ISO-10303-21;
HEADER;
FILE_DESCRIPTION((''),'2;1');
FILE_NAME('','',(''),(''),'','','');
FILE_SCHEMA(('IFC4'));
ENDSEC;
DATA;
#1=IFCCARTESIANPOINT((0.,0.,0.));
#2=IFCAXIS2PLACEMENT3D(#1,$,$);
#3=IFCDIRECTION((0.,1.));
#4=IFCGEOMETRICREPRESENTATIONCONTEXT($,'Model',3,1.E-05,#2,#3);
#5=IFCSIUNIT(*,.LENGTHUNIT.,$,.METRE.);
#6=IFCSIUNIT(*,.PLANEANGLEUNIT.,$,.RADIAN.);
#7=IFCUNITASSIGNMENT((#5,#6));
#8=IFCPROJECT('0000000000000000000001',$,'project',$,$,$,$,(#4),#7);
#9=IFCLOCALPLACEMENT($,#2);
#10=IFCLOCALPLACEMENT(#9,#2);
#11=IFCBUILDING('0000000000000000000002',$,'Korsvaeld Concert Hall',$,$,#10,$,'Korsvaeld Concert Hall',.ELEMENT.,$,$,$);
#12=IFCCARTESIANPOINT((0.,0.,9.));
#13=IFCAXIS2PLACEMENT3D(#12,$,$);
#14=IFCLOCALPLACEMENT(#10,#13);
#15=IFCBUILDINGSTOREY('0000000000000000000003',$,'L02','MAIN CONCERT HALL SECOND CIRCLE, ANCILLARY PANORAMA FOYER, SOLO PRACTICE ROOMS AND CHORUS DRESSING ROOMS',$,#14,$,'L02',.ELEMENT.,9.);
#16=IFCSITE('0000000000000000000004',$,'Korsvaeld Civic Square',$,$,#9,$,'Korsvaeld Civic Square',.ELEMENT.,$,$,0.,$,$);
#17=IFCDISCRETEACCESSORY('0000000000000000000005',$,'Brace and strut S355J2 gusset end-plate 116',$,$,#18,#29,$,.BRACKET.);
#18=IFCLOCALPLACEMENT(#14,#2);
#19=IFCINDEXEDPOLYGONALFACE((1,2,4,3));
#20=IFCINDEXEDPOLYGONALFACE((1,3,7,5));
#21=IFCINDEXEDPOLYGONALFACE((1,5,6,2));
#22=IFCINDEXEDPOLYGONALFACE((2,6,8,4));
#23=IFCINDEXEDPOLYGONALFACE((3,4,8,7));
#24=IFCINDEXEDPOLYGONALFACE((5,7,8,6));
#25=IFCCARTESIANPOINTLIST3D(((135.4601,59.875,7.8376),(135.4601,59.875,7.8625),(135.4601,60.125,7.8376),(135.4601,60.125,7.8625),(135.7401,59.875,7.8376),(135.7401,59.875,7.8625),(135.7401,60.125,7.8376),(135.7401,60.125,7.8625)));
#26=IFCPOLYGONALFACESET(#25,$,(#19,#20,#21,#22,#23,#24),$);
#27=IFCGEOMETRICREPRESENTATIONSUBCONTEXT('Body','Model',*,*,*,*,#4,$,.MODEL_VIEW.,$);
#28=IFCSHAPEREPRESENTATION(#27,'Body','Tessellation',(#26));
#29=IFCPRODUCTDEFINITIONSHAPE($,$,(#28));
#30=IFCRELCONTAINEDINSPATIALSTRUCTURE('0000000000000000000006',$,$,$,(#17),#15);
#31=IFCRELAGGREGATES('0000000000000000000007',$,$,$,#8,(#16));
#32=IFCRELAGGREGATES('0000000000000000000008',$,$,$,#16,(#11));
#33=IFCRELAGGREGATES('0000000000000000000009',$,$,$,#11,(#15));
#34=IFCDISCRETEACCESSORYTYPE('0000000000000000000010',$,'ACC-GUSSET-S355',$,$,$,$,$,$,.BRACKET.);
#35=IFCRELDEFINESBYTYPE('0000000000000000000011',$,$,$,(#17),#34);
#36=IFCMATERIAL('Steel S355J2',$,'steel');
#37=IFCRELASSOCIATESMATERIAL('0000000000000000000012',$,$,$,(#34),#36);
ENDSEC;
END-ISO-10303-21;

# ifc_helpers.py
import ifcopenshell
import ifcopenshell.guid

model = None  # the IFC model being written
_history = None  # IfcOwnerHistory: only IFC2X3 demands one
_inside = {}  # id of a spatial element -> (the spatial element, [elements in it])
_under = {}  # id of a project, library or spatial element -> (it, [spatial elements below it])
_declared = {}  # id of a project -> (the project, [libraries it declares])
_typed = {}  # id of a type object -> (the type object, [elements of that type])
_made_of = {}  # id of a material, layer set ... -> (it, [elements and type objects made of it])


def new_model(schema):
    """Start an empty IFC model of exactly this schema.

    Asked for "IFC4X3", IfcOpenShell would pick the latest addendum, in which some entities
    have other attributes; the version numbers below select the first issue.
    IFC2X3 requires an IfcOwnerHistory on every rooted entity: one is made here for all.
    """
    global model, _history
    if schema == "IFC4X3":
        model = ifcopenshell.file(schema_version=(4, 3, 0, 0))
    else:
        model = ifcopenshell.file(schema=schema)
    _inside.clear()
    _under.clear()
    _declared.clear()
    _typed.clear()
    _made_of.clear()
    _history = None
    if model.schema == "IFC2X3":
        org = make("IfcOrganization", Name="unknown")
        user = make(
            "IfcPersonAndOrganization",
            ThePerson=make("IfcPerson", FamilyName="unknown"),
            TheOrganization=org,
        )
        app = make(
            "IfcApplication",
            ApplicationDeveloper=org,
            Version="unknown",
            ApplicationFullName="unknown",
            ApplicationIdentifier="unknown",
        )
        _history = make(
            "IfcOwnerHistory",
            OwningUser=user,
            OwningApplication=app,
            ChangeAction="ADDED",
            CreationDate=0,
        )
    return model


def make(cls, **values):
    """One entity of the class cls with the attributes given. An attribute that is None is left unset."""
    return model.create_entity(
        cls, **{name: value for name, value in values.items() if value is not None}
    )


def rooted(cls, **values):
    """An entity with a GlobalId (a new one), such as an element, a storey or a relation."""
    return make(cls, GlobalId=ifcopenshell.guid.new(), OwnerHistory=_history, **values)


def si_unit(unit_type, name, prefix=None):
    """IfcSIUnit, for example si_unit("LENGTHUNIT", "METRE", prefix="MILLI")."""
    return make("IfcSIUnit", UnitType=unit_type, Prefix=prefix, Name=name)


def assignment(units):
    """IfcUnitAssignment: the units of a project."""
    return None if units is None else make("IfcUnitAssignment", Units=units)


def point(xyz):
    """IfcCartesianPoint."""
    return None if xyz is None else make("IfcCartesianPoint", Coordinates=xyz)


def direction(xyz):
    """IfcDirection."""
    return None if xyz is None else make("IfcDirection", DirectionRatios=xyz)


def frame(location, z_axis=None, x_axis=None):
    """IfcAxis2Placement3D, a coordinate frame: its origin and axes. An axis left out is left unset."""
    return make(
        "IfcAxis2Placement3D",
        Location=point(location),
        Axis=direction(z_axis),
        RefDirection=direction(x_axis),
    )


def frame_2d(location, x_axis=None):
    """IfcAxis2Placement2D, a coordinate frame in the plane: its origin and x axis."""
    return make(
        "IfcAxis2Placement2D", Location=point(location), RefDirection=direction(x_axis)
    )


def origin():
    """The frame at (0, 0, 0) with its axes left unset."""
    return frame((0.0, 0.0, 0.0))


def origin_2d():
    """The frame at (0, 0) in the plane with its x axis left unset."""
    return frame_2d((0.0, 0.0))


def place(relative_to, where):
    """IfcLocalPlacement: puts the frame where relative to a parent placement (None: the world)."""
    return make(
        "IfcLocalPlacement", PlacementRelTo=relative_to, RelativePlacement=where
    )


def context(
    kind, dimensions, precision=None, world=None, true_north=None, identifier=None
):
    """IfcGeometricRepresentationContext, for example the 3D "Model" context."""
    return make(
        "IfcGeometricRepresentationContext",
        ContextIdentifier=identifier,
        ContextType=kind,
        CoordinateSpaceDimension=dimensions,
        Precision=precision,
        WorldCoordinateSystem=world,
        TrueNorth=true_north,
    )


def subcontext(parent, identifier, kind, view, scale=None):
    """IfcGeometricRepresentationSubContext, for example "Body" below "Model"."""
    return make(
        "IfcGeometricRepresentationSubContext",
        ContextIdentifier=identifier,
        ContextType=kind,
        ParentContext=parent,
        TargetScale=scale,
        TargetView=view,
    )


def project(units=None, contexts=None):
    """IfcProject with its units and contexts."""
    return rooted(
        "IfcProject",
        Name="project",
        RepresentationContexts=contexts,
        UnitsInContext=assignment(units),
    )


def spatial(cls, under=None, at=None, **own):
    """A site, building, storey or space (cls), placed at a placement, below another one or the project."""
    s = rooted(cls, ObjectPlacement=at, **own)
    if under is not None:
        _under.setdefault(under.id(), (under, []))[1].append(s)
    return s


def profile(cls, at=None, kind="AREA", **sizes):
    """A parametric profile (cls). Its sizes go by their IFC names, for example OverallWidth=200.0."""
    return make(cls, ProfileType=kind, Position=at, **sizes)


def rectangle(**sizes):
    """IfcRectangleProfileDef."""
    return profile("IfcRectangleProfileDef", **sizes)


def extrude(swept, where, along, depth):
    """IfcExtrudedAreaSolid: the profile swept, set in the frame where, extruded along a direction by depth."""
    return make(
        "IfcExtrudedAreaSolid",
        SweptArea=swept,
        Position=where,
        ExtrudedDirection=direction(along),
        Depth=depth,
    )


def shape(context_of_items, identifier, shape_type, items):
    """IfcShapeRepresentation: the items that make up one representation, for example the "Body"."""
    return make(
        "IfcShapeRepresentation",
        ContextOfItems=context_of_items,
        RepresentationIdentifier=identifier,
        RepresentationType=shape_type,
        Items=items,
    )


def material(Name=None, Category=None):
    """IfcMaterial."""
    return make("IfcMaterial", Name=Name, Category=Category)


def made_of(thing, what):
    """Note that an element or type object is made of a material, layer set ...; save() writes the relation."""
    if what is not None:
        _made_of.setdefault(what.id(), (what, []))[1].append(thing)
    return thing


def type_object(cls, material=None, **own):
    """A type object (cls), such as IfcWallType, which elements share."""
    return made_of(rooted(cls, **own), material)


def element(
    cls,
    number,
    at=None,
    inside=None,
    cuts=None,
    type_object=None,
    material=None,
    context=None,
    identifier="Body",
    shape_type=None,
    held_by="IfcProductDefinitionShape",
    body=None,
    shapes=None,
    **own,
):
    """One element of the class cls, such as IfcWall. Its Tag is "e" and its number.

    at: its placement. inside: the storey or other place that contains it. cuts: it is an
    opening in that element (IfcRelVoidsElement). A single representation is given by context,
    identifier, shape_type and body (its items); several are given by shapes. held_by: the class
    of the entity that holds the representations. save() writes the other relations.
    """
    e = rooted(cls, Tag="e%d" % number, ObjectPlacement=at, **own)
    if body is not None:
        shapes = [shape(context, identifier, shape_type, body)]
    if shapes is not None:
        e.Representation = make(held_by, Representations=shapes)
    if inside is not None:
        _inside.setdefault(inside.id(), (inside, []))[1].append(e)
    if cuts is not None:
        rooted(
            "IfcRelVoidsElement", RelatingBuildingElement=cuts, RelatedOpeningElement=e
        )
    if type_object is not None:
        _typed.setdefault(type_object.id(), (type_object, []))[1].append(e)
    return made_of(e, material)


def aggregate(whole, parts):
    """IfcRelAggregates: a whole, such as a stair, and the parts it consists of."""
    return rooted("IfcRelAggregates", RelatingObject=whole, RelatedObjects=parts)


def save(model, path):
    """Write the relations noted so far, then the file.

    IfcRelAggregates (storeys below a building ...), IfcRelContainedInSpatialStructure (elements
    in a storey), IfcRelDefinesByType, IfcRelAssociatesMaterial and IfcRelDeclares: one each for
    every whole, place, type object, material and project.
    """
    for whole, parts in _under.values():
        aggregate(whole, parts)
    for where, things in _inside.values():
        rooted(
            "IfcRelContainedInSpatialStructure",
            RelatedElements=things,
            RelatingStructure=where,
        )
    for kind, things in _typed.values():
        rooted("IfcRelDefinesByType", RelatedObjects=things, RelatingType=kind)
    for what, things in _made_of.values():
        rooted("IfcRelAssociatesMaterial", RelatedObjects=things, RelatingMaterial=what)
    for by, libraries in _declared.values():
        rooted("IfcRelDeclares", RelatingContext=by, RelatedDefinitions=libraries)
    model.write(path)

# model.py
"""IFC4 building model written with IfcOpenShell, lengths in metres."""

from ifc_helpers import new_model, si_unit, direction, frame, origin, origin_2d, place, context, subcontext, project, spatial, rectangle, extrude, material, type_object, element, save


model = new_model("IFC4")

# Units and contexts
model_context = context("Model", 3, precision=1e-05, world=origin(), true_north=direction((0.0, 1.0)))
body_context = subcontext(model_context, "Body", "Model", "MODEL_VIEW")
ifc_project = project(units=[si_unit("LENGTHUNIT", "METRE"), si_unit("PLANEANGLEUNIT", "RADIAN")], contexts=[model_context])

# Site, building, storey
site_placement = place(None, origin())
site = spatial("IfcSite", under=ifc_project, at=site_placement, Name="Korsvaeld Civic Square", LongName="Korsvaeld Civic Square", CompositionType="ELEMENT", RefElevation=0.0)
building_placement = place(site_placement, origin())
building = spatial("IfcBuilding", under=site, at=building_placement, Name="Korsvaeld Concert Hall", LongName="Korsvaeld Concert Hall", CompositionType="ELEMENT")
storey_placement = place(building_placement, frame((0.0, 0.0, 9.0)))
storey = spatial("IfcBuildingStorey", under=building, at=storey_placement, Name="L02", Description="MAIN CONCERT HALL SECOND CIRCLE, ANCILLARY PANORAMA FOYER, SOLO PRACTICE ROOMS AND CHORUS DRESSING ROOMS", LongName="L02", CompositionType="ELEMENT", Elevation=9.0)

# Shared definitions
ifc_material_1 = material(Name="Steel S355J2", Category="steel")

# Discrete accessory
discrete_accessory_type = type_object("IfcDiscreteAccessoryType", Name="ACC-GUSSET-S355", PredefinedType="BRACKET", material=ifc_material_1)
for number, where, z_axis, x_axis, name in (
    (1, (135.6001, 60.0, 7.8376), (0.0, 0.0, 1.0), (1.0, 0.0, 0.0), "Brace and strut S355J2 gusset end-plate 116"),
):
    element("IfcDiscreteAccessory", number, at=place(storey_placement, frame(where, z_axis=z_axis, x_axis=x_axis)), inside=storey, type_object=discrete_accessory_type, Name=name, PredefinedType="BRACKET", context=body_context, shape_type="SweptSolid", body=[
        extrude(rectangle(XDim=0.28, YDim=0.25, at=origin_2d()), origin(), (0.0, 0.0, 1.0), 0.0249),
    ])

save(model, "model.ifc")
